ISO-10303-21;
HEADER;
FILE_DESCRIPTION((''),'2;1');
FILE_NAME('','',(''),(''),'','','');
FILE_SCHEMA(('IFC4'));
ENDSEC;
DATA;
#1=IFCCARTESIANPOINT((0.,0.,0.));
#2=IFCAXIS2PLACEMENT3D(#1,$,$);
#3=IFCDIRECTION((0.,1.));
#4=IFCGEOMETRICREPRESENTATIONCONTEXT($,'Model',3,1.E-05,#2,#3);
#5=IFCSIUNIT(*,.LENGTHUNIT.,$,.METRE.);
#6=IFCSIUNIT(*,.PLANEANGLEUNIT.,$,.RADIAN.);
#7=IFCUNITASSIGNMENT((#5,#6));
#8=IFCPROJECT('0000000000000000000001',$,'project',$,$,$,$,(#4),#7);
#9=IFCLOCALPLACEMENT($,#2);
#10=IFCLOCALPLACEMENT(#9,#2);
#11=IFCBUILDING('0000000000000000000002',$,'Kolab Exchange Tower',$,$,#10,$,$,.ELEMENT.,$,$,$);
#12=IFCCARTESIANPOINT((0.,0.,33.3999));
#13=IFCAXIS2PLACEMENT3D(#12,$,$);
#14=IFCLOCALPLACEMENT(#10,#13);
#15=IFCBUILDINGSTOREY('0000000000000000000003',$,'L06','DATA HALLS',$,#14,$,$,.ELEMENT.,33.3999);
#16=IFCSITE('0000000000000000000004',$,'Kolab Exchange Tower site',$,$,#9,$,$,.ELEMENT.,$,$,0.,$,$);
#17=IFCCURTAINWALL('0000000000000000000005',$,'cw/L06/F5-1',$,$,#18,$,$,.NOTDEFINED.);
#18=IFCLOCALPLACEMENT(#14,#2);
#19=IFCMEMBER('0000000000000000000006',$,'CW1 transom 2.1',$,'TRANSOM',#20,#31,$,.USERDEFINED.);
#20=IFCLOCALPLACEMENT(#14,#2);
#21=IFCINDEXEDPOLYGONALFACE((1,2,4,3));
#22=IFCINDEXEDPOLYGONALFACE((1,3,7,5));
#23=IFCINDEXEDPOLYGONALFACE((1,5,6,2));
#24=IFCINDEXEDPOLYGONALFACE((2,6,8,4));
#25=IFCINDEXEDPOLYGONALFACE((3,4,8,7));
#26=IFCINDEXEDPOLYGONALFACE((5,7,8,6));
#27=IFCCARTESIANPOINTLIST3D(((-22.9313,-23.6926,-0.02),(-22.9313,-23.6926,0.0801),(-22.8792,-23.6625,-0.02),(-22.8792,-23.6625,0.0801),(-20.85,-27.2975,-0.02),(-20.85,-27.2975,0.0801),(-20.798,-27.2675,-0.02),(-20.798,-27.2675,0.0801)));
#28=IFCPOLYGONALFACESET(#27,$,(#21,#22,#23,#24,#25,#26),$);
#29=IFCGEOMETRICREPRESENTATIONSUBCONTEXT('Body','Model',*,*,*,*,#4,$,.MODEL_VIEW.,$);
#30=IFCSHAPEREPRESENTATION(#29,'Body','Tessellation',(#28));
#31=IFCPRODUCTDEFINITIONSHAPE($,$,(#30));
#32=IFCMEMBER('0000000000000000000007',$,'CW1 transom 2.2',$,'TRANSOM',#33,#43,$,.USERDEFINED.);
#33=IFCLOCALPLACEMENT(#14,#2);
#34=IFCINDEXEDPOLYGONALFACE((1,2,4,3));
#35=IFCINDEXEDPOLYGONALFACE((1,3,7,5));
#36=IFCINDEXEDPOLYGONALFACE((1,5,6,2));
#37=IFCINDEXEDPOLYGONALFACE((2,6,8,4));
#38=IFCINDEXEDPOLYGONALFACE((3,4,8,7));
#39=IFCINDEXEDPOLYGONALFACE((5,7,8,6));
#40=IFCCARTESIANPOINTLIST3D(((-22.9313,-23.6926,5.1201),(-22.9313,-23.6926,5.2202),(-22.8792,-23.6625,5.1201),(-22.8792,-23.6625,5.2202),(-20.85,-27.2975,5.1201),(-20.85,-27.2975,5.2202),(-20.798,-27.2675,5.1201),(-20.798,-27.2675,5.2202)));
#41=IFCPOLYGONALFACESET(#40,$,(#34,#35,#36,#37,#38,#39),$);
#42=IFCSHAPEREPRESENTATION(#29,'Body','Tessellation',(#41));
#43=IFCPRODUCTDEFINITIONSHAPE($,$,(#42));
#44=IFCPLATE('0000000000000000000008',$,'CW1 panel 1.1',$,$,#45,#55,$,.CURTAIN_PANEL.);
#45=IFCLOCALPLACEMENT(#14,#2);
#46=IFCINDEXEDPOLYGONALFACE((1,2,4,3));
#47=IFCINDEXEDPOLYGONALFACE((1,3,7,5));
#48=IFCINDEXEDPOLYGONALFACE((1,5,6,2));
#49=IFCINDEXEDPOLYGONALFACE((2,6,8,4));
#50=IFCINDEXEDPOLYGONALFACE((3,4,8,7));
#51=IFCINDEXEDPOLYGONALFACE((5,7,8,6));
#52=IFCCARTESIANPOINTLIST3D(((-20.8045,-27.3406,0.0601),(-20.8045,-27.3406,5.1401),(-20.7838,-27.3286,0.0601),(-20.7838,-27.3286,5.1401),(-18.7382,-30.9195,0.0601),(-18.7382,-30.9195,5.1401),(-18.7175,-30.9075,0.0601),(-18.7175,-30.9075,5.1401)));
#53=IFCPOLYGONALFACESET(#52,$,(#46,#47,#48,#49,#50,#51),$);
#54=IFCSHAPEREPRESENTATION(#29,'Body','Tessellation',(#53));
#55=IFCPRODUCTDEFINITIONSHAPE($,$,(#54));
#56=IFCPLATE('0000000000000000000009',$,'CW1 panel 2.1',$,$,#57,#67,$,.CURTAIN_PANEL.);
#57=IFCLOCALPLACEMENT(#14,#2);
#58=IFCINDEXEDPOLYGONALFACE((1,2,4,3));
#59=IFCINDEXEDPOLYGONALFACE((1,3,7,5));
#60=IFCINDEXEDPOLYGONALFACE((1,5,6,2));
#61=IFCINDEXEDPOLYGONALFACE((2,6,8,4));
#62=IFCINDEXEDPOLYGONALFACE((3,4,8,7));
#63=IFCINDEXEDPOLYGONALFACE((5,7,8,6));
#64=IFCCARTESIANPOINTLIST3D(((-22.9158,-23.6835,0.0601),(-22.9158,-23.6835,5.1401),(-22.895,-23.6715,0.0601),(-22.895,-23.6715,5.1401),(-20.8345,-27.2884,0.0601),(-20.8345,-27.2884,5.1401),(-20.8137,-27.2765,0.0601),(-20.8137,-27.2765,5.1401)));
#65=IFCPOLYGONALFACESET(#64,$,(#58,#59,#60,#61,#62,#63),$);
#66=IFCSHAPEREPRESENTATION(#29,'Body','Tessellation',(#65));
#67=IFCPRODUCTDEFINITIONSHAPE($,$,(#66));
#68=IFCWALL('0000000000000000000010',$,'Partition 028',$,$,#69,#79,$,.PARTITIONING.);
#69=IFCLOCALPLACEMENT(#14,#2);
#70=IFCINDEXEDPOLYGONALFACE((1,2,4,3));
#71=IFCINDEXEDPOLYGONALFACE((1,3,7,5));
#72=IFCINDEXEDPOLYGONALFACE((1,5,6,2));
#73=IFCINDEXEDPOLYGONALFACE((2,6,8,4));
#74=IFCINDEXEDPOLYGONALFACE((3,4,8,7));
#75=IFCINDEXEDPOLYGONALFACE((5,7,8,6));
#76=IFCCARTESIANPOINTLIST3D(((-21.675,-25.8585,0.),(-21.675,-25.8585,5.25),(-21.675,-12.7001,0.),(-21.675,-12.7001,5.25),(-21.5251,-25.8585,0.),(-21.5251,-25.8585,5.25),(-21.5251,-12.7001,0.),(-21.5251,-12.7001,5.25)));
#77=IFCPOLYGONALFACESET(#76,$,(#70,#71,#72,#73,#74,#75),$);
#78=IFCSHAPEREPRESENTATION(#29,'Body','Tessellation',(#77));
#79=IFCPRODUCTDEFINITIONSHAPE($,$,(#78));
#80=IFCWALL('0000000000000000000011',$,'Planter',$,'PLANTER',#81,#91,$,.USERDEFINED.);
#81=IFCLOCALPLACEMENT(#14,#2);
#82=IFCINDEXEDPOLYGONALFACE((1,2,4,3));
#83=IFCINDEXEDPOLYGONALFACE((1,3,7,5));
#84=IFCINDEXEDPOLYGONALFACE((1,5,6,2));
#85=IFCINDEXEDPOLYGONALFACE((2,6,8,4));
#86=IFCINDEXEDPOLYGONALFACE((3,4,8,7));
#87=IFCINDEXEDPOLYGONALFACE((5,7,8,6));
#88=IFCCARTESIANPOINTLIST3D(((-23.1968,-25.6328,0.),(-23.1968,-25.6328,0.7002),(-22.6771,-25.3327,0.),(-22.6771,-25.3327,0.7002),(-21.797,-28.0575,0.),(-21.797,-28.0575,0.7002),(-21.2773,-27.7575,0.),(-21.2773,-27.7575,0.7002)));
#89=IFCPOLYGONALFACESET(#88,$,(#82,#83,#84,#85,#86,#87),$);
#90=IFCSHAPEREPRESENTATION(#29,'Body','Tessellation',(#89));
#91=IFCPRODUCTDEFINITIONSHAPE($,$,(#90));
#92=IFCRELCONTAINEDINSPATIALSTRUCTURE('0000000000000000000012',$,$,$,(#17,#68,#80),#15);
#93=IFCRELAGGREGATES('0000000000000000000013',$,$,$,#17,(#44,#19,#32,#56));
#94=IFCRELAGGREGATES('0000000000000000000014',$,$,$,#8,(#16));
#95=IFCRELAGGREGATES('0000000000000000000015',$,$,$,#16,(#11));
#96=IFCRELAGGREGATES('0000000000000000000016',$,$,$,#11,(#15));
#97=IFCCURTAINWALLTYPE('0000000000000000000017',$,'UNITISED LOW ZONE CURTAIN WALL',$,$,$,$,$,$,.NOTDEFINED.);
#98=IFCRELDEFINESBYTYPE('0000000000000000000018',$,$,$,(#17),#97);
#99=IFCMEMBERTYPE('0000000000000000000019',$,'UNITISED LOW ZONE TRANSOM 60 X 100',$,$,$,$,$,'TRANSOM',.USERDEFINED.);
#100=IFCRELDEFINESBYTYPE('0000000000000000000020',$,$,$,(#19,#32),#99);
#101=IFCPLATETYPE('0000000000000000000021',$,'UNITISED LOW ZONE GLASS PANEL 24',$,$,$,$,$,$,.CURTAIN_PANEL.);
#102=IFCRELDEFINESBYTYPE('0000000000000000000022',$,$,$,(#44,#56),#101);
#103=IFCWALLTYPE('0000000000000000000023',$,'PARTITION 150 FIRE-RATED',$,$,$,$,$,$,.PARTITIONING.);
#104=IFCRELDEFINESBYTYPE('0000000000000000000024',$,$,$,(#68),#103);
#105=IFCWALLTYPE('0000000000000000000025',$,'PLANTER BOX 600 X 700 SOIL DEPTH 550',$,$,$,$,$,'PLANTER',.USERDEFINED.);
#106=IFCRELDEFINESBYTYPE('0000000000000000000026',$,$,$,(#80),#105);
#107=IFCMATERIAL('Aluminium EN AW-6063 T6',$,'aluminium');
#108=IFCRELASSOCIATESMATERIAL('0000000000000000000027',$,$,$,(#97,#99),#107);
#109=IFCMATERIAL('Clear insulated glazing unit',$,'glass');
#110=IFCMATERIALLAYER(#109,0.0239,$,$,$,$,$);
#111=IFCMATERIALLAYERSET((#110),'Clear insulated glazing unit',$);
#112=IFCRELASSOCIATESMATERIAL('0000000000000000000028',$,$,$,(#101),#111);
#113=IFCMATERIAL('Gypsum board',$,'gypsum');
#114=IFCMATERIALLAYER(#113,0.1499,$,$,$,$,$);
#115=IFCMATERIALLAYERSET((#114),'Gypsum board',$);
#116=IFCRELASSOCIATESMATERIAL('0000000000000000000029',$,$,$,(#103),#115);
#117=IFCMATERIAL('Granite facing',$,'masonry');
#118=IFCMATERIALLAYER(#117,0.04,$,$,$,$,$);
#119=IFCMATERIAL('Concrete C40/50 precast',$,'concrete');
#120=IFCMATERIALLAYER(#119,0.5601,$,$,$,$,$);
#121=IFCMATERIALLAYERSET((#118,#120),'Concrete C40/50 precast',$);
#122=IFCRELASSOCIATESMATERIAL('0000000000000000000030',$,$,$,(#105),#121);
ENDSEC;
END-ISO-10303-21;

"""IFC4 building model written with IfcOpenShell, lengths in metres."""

from ifc_helpers import new_model, si_unit, direction, frame, frame_2d, origin, origin_2d, place, context, subcontext, project, spatial, rectangle, extrude, material, layer, layer_set, material_profile, profile_set, type_object, element, aggregate, save


model = new_model("IFC4")

# Units and contexts
model_context = context("Model", 3, precision=1e-05, world=origin(), true_north=direction((0.0, 1.0)))
body_context = subcontext(model_context, "Body", "Model", "MODEL_VIEW")
ifc_project = project(units=[si_unit("LENGTHUNIT", "METRE"), si_unit("PLANEANGLEUNIT", "RADIAN")], contexts=[model_context])

# Site, building, storey
site_placement = place(None, origin())
site = spatial("IfcSite", under=ifc_project, at=site_placement, Name="Kolab Exchange Tower site", CompositionType="ELEMENT", RefElevation=0.0)
building_placement = place(site_placement, origin())
building = spatial("IfcBuilding", under=site, at=building_placement, Name="Kolab Exchange Tower", CompositionType="ELEMENT")
storey_placement = place(building_placement, frame((0.0, 0.0, 33.3999)))
storey = spatial("IfcBuildingStorey", under=building, at=storey_placement, Name="L06", Description="DATA HALLS", CompositionType="ELEMENT", Elevation=33.3999)

# Curtain wall
ifc_material_1 = material(Name="Aluminium EN AW-6063 T6", Category="aluminium")
curtain_wall_type = type_object("IfcCurtainWallType", Name="UNITISED LOW ZONE CURTAIN WALL", PredefinedType="NOTDEFINED", material=ifc_material_1)
curtain_wall_1_placement = place(storey_placement, origin())
curtain_wall_1 = element("IfcCurtainWall", 1, at=curtain_wall_1_placement, inside=storey, type_object=curtain_wall_type, Name="cw/L06/F5-1", PredefinedType="NOTDEFINED")

# Members
ifc_material_profile_1 = material_profile(ifc_material_1, rectangle(XDim=0.0601, YDim=0.1001, at=origin_2d()), Name="RECT 60X100")
ifc_profile_set_1 = profile_set([ifc_material_profile_1], Name="Aluminium EN AW-6063 T6")
member_type_1 = type_object("IfcMemberType", Name="UNITISED LOW ZONE TRANSOM 60 X 100", ElementType="TRANSOM", PredefinedType="USERDEFINED", material=ifc_profile_set_1)
member_1_placement = place(storey_placement, frame((-20.824, -27.2825, 0.03), z_axis=(-0.499993, 0.866029, 0.0), x_axis=(-0.866029, -0.499993, 0.0)))
member_1 = element("IfcMember", 2, at=member_1_placement, type_object=member_type_1, Name="CW1 transom 2.1", ObjectType="TRANSOM", PredefinedType="USERDEFINED", context=body_context, shape_type="SweptSolid", body=[
    extrude(rectangle(XDim=0.0601, YDim=0.1001, at=origin_2d()), origin(), (0.0, 0.0, 1.0), 4.1626),
])
member_2_placement = place(storey_placement, frame((-20.824, -27.2825, 5.1702), z_axis=(-0.499993, 0.866029, 0.0), x_axis=(-0.866029, -0.499993, 0.0)))
member_2 = element("IfcMember", 3, at=member_2_placement, type_object=member_type_1, Name="CW1 transom 2.2", ObjectType="TRANSOM", PredefinedType="USERDEFINED", context=body_context, shape_type="SweptSolid", body=[
    extrude(rectangle(XDim=0.0601, YDim=0.1001, at=origin_2d()), origin(), (0.0, 0.0, 1.0), 4.1626),
])

# Plates
ifc_material_2 = material(Name="Clear insulated glazing unit", Category="glass")
ifc_layer_1 = layer(ifc_material_2, 0.0239)
ifc_layer_set_1 = layer_set([ifc_layer_1], Name="Clear insulated glazing unit")
plate_type = type_object("IfcPlateType", Name="UNITISED LOW ZONE GLASS PANEL 24", PredefinedType="CURTAIN_PANEL", material=ifc_layer_set_1)
plate_1_placement = place(storey_placement, frame((-19.761, -29.124, 0.0601), z_axis=(0.0, 0.0, 1.0), x_axis=(-0.5, 0.866025, 0.0)))
plate_1 = element("IfcPlate", 4, at=plate_1_placement, type_object=plate_type, Name="CW1 panel 1.1", PredefinedType="CURTAIN_PANEL", context=body_context, shape_type="SweptSolid", body=[
    extrude(rectangle(XDim=4.1326, YDim=0.0239, at=origin_2d()), origin(), (0.0, 0.0, 1.0), 5.0801),
])
plate_2_placement = place(storey_placement, frame((-21.8647, -25.48, 0.0601), z_axis=(0.0, 0.0, 1.0), x_axis=(-0.5, 0.866025, 0.0)))
plate_2 = element("IfcPlate", 5, at=plate_2_placement, type_object=plate_type, Name="CW1 panel 2.1", PredefinedType="CURTAIN_PANEL", context=body_context, shape_type="SweptSolid", body=[
    extrude(rectangle(XDim=4.1626, YDim=0.0239, at=origin_2d()), origin(), (0.0, 0.0, 1.0), 5.0801),
])
aggregate(curtain_wall_1, [plate_1, member_1, member_2, plate_2])

# Walls
ifc_material_3 = material(Name="Gypsum board", Category="gypsum")
ifc_layer_2 = layer(ifc_material_3, 0.1499)
ifc_layer_set_2 = layer_set([ifc_layer_2], Name="Gypsum board")
wall_type_1 = type_object("IfcWallType", Name="PARTITION 150 FIRE-RATED", PredefinedType="PARTITIONING", material=ifc_layer_set_2)
wall_1_placement = place(storey_placement, frame((-21.6001, -25.8584, 0.0), z_axis=(0.0, 0.0, 1.0), x_axis=(0.0, 1.0, 0.0)))
element("IfcWall", 6, at=wall_1_placement, inside=storey, type_object=wall_type_1, Name="Partition 028", PredefinedType="PARTITIONING", context=body_context, shape_type="SweptSolid", body=[
    extrude(rectangle(XDim=13.1584, YDim=0.1499, at=frame_2d((6.5791, 0.0))), origin(), (0.0, 0.0, 1.0), 5.25),
])
ifc_material_4 = material(Name="Granite facing", Category="masonry")
ifc_layer_3 = layer(ifc_material_4, 0.04)
ifc_material_5 = material(Name="Concrete C40/50 precast", Category="concrete")
ifc_layer_4 = layer(ifc_material_5, 0.5601)
ifc_layer_set_3 = layer_set([ifc_layer_3, ifc_layer_4], Name="Concrete C40/50 precast")
wall_type_2 = type_object("IfcWallType", Name="PLANTER BOX 600 X 700 SOIL DEPTH 550", ElementType="PLANTER", PredefinedType="USERDEFINED", material=ifc_layer_set_3)
wall_2_placement = place(storey_placement, frame((-21.5371, -27.9075, 0.0), z_axis=(0.0, 0.0, 1.0), x_axis=(-0.499984, 0.866035, 0.0)))
element("IfcWall", 7, at=wall_2_placement, inside=storey, type_object=wall_type_2, Name="Planter", ObjectType="PLANTER", PredefinedType="USERDEFINED", context=body_context, shape_type="SweptSolid", body=[
    extrude(rectangle(XDim=2.7998, YDim=0.6001, at=frame_2d((1.3999, 0.0))), origin(), (0.0, 0.0, 1.0), 0.7002),
])

save(model, "model.ifc")
